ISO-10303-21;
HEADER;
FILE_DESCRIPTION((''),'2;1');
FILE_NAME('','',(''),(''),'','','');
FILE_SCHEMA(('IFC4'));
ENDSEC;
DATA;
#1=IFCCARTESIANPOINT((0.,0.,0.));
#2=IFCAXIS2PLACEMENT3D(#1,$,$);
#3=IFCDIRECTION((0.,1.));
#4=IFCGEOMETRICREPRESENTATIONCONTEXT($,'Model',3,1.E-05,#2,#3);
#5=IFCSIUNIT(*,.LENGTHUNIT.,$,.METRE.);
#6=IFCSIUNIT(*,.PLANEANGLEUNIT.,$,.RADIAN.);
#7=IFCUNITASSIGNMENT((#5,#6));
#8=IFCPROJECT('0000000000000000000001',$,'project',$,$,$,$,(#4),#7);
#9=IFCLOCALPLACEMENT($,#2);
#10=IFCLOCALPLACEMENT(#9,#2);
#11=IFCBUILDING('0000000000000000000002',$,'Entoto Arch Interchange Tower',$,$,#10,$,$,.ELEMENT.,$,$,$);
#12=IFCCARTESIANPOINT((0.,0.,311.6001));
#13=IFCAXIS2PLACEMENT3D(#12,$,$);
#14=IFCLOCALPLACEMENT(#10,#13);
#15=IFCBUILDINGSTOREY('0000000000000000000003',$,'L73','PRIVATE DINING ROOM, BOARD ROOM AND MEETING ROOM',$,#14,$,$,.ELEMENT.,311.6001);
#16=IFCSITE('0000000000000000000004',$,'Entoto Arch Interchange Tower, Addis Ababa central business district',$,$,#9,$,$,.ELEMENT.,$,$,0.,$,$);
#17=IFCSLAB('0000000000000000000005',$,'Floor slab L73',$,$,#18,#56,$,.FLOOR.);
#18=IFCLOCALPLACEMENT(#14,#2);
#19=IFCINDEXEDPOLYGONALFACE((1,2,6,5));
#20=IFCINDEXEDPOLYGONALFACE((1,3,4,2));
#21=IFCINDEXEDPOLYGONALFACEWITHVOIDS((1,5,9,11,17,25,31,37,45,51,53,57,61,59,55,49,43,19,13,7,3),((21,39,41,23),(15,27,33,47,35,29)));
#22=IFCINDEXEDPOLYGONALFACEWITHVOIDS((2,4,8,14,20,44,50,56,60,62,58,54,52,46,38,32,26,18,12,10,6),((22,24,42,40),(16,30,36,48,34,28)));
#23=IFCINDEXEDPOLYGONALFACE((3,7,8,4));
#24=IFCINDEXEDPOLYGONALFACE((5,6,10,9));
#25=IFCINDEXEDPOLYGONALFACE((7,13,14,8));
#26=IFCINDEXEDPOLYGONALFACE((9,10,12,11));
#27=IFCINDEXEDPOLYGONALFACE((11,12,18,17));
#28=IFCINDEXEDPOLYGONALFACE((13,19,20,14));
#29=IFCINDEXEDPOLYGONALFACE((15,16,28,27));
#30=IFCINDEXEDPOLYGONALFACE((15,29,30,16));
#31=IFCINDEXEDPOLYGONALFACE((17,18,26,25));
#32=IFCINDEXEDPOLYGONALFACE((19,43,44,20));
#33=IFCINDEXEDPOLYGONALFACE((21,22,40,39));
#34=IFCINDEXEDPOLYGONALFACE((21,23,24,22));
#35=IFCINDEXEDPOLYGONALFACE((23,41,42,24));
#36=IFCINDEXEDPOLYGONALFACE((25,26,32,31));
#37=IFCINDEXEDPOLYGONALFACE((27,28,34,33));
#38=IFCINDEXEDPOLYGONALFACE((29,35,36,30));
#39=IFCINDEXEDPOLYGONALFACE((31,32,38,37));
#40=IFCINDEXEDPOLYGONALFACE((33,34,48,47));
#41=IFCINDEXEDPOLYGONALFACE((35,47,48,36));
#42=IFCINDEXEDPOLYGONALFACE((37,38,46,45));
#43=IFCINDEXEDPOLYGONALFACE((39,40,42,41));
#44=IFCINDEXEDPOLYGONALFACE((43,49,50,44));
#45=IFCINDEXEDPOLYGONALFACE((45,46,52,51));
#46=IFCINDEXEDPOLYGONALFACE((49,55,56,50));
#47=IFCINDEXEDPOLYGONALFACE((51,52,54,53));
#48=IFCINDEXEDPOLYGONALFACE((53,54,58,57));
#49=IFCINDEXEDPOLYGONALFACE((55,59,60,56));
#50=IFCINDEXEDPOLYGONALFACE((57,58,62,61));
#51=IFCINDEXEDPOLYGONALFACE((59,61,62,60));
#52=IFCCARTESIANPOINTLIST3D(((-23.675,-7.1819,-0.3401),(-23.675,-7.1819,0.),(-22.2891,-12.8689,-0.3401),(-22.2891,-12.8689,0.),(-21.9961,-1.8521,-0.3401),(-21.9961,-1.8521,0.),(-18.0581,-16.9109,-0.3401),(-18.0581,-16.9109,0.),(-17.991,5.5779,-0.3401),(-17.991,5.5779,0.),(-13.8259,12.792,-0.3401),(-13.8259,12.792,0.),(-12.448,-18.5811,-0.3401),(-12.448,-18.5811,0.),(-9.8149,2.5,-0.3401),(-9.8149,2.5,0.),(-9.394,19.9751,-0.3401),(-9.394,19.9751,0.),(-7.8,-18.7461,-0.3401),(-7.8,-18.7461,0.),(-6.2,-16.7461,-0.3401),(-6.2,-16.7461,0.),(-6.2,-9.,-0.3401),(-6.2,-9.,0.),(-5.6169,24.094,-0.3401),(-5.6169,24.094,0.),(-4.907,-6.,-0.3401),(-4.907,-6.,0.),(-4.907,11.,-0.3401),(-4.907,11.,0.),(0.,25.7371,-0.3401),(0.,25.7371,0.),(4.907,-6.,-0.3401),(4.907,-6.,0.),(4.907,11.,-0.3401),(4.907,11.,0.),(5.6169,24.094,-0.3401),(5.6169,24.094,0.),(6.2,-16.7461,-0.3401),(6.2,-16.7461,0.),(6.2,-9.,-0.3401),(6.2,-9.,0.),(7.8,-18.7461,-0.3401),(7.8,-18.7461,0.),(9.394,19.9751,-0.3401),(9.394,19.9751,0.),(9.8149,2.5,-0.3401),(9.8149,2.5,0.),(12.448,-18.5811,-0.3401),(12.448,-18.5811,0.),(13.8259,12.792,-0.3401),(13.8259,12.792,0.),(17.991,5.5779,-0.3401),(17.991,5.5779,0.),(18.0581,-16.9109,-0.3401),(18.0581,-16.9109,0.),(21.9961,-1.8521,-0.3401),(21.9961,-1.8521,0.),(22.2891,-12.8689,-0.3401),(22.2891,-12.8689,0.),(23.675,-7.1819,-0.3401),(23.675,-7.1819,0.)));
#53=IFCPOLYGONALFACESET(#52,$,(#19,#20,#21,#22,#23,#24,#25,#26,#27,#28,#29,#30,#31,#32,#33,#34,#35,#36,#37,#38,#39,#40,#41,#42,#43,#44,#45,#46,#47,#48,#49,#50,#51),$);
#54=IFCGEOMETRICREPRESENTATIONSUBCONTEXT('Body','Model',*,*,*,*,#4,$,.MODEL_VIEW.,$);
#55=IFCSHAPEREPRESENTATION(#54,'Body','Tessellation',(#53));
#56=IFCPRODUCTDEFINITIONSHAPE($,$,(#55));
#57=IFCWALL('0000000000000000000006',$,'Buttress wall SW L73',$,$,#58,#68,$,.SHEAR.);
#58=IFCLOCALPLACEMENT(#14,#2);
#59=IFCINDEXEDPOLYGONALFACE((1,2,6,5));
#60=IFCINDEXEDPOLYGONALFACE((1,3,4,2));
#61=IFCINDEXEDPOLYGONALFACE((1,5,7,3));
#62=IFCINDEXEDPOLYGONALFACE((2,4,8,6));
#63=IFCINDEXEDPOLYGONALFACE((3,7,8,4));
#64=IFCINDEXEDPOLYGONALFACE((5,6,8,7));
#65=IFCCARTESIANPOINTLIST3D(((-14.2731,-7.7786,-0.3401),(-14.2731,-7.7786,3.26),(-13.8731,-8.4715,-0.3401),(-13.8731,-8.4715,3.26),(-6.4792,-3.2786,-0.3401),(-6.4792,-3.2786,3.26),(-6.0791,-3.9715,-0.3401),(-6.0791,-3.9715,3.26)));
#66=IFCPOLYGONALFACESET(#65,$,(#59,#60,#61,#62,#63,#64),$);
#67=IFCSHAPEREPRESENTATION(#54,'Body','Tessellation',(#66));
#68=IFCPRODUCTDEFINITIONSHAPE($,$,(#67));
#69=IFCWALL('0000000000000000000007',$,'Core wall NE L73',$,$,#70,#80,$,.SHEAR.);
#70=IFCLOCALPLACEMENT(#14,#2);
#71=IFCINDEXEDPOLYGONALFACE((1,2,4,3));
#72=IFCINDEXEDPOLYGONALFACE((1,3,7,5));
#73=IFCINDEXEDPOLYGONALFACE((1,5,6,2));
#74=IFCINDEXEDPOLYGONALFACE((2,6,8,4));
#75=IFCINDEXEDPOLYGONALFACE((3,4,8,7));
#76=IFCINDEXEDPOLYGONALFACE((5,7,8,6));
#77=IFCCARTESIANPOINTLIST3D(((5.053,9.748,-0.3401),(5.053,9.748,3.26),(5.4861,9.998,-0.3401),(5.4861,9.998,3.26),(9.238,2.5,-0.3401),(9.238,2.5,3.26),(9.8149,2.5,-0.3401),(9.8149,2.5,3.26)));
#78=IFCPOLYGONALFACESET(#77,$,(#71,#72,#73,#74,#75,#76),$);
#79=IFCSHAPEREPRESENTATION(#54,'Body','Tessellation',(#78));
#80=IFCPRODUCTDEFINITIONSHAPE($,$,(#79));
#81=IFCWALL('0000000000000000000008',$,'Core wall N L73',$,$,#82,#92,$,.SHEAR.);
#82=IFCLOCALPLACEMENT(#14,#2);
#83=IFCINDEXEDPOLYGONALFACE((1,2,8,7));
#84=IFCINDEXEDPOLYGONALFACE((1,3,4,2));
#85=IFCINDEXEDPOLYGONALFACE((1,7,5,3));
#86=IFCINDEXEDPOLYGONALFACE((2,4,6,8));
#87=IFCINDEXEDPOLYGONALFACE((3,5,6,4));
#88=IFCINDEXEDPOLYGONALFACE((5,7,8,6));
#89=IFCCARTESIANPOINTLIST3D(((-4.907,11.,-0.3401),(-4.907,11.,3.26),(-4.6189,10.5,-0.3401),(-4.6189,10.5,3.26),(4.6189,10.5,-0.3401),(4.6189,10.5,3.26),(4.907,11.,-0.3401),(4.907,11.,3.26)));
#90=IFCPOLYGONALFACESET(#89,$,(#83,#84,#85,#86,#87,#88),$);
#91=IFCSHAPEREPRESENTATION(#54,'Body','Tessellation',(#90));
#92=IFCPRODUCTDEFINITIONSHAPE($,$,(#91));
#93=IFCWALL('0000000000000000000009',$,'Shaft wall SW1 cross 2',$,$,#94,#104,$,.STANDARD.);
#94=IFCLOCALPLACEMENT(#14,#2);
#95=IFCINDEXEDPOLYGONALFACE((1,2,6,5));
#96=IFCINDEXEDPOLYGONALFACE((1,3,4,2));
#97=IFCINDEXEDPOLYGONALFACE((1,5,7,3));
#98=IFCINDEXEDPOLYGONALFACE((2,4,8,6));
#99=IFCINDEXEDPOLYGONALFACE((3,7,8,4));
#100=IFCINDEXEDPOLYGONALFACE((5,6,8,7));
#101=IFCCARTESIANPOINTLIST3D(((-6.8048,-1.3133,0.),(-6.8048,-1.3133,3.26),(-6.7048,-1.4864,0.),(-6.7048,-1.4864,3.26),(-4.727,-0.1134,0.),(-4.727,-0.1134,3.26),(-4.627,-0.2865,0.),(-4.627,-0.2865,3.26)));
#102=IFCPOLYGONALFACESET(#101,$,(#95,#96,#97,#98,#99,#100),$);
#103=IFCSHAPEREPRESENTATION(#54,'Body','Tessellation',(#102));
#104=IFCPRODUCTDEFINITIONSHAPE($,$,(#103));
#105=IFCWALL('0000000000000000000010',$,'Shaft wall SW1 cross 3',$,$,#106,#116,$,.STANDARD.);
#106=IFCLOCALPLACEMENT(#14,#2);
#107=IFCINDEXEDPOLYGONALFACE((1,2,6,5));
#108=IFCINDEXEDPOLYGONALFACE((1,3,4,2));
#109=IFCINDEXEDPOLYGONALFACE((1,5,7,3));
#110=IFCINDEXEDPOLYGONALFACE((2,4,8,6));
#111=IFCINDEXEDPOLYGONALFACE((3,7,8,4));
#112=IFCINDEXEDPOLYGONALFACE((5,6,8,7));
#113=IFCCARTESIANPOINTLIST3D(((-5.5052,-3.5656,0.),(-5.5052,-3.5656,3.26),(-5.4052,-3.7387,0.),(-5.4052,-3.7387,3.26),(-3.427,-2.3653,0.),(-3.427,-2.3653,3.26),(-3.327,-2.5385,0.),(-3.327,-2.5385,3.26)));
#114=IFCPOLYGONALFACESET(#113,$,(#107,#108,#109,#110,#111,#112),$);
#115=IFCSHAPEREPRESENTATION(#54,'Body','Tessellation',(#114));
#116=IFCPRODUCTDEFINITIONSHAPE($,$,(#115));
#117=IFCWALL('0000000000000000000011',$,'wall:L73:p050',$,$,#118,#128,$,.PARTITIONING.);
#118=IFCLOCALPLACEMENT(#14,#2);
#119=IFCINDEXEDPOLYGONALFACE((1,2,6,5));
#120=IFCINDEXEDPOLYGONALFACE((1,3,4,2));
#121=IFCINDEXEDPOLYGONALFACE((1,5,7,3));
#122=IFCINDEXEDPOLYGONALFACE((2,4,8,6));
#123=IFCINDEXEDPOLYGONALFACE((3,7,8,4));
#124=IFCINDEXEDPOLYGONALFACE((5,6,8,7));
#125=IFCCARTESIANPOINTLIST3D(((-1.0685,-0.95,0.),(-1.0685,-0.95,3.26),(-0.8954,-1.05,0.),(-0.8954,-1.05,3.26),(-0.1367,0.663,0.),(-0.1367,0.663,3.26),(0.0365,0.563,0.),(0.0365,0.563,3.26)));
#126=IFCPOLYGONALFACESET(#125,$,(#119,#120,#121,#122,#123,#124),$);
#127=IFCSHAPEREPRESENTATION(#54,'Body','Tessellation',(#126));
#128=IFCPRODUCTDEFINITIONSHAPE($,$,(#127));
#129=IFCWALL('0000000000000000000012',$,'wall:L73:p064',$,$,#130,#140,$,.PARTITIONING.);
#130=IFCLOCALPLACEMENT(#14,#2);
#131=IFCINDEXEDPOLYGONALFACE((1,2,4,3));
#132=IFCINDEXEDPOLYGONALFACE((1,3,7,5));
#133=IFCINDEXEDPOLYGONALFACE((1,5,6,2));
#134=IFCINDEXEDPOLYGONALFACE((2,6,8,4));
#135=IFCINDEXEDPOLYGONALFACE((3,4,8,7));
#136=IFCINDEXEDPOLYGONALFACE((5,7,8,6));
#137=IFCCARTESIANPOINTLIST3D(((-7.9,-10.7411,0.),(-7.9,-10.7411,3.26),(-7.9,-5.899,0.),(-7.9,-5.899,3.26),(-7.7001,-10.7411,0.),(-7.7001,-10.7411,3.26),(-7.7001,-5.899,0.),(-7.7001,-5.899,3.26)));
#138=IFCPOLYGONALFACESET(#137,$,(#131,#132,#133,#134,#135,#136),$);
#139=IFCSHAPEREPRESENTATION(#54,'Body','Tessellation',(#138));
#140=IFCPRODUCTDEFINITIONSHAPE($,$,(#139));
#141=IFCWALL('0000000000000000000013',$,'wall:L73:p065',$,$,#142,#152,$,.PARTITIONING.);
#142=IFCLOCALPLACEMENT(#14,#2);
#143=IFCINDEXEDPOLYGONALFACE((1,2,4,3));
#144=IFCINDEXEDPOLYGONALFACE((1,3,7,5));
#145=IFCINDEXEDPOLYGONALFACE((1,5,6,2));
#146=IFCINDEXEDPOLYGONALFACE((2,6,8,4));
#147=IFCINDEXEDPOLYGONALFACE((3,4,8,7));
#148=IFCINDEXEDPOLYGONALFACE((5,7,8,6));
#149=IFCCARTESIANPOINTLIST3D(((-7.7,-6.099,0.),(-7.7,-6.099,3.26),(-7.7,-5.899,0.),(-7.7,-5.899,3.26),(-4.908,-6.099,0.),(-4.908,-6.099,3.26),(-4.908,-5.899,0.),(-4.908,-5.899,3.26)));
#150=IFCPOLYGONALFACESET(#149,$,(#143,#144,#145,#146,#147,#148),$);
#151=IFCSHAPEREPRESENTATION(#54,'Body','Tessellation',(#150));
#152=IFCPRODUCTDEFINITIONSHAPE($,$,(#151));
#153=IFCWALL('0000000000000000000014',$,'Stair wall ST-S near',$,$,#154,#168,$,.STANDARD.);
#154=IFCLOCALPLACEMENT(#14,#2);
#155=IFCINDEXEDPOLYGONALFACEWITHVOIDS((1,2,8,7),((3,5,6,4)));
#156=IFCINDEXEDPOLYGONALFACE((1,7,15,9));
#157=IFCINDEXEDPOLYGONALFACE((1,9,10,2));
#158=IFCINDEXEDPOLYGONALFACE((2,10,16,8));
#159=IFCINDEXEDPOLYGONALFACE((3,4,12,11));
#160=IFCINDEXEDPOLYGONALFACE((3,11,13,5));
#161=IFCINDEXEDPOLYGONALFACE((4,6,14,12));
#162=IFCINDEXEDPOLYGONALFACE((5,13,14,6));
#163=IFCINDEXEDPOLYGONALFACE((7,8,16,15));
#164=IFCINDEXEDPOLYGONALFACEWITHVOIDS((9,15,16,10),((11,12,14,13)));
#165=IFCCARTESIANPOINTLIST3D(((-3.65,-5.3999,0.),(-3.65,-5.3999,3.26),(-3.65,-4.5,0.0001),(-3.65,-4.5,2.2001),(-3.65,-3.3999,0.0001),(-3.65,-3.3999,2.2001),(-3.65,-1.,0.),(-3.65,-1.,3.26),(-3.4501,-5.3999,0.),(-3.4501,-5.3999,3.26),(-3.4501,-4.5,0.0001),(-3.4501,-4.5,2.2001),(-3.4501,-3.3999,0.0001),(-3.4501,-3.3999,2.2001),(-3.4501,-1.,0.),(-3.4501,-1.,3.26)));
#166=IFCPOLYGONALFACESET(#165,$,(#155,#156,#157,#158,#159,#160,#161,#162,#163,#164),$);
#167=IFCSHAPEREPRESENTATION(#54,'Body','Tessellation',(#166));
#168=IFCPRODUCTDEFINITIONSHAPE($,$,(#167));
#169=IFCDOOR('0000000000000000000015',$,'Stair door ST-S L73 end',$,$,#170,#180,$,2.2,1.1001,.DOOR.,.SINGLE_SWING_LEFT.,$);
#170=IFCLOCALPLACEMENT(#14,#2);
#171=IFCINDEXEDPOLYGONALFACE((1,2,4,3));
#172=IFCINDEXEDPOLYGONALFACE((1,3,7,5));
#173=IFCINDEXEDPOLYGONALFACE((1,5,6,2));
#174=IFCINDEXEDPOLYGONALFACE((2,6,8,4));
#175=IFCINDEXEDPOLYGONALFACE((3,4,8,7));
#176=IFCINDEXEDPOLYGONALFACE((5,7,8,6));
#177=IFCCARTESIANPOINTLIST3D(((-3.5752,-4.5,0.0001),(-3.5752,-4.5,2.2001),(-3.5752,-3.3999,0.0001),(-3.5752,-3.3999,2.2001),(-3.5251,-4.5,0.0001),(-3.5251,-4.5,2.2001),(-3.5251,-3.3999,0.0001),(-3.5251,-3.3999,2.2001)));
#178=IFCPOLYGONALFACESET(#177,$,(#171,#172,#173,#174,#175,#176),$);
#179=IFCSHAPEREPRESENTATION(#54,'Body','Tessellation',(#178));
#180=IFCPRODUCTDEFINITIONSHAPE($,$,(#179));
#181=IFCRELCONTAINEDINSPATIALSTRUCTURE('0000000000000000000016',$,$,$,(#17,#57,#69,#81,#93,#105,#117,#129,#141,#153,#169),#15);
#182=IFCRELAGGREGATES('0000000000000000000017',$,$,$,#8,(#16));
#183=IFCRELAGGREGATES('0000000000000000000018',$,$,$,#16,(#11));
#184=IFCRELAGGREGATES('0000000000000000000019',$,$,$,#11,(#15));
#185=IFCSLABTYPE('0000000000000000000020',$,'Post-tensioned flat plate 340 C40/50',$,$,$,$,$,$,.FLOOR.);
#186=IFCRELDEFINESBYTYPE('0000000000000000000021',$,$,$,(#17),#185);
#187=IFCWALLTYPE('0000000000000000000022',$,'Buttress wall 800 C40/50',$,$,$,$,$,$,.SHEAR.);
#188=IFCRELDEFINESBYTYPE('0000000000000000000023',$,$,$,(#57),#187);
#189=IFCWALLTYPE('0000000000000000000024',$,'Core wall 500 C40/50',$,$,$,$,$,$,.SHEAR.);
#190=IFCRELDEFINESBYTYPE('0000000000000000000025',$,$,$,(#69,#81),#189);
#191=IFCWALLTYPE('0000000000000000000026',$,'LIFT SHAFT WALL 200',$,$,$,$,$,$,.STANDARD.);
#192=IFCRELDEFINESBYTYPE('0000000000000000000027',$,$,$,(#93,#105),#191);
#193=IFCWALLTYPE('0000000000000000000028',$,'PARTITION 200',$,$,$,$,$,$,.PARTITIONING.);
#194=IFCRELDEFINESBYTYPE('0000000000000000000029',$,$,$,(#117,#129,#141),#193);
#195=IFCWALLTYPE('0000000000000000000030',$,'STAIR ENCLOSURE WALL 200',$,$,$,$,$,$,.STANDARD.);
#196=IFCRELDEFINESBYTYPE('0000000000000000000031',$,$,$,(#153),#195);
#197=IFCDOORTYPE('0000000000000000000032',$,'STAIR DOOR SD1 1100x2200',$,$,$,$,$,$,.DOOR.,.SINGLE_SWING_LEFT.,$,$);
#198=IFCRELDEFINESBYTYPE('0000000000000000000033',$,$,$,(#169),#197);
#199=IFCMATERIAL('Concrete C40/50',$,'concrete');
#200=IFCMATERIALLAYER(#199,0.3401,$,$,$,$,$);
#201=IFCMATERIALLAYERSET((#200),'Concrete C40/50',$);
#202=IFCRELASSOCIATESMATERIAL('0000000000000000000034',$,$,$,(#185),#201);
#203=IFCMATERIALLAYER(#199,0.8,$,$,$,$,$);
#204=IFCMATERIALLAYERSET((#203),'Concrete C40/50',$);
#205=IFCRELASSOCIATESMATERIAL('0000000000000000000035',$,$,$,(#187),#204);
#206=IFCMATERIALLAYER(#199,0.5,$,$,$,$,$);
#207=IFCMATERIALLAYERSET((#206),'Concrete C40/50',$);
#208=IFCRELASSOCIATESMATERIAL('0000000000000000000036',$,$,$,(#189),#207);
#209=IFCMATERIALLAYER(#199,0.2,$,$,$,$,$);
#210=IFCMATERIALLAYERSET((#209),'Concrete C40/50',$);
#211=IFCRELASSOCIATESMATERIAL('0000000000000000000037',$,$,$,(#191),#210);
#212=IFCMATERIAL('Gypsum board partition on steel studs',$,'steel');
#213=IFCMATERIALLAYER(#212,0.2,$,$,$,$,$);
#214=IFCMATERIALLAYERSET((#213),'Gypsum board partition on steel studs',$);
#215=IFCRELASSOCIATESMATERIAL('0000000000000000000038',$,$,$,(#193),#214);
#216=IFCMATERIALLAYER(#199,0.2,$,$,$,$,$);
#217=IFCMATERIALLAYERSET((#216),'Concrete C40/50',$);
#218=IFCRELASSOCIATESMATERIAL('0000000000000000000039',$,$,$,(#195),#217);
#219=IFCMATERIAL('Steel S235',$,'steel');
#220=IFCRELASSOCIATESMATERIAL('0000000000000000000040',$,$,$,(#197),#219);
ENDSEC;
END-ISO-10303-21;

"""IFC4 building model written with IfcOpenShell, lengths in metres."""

from ifc_helpers import new_model, si_unit, direction, frame, frame_2d, origin, place, context, subcontext, project, spatial, polyline, rectangle, outline, extrude, material, layer, layer_set, type_object, element, fill, save


model = new_model("IFC4")

# Units and contexts
model_context = context("Model", 3, precision=1e-05, world=origin(), true_north=direction((0.0, 1.0)))
body_context = subcontext(model_context, "Body", "Model", "MODEL_VIEW")
ifc_project = project(units=[si_unit("LENGTHUNIT", "METRE"), si_unit("PLANEANGLEUNIT", "RADIAN")], contexts=[model_context])

# Site, building, storey
site_placement = place(None, origin())
site = spatial("IfcSite", under=ifc_project, at=site_placement, Name="Entoto Arch Interchange Tower, Addis Ababa central business district", CompositionType="ELEMENT", RefElevation=0.0)
building_placement = place(site_placement, origin())
building = spatial("IfcBuilding", under=site, at=building_placement, Name="Entoto Arch Interchange Tower", CompositionType="ELEMENT")
storey_placement = place(building_placement, frame((0.0, 0.0, 311.6001)))
storey = spatial("IfcBuildingStorey", under=building, at=storey_placement, Name="L73", Description="PRIVATE DINING ROOM, BOARD ROOM AND MEETING ROOM", CompositionType="ELEMENT", Elevation=311.6001)

# Shared definitions
ifc_material_1 = material(Name="Concrete C40/50", Category="concrete")

# Slab
ifc_layer_1 = layer(ifc_material_1, 0.3401)
ifc_layer_set_1 = layer_set([ifc_layer_1], Name="Concrete C40/50")
slab_type = type_object("IfcSlabType", Name="Post-tensioned flat plate 340 C40/50", PredefinedType="FLOOR", material=ifc_layer_set_1)
slab_placement = place(storey_placement, frame((0.0, 0.0, -0.3401)))
element("IfcSlab", 1, at=slab_placement, inside=storey, type_object=slab_type, Name="Floor slab L73", PredefinedType="FLOOR", context=body_context, shape_type="SweptSolid", body=[
    extrude(outline(polyline([(-12.448, -18.5811), (-7.8, -18.7461), (7.8, -18.7461), (12.448, -18.5811), (18.0581, -16.9109), (22.2891, -12.8689), (23.675, -7.1819), (21.9961, -1.8521), (17.991, 5.5779), (13.8259, 12.792), (9.394, 19.9751), (5.6169, 24.094), (0.0, 25.7371), (-5.6169, 24.094), (-9.394, 19.9751), (-13.8259, 12.792), (-17.991, 5.5779), (-21.9961, -1.8521), (-23.675, -7.1819), (-22.2891, -12.8689), (-18.0581, -16.9109), (-12.448, -18.5811)]), holes=[polyline([(6.2, -16.7461), (6.2, -9.0), (-6.2, -9.0), (-6.2, -16.7461), (6.2, -16.7461)]), polyline([(9.8149, 2.5), (4.907, 11.0), (-4.907, 11.0), (-9.8149, 2.5), (-4.907, -6.0), (4.907, -6.0), (9.8149, 2.5)])]), origin(), (0.0, 0.0, 1.0), 0.3401),
])

# Walls
ifc_layer_2 = layer(ifc_material_1, 0.8)
ifc_layer_set_2 = layer_set([ifc_layer_2], Name="Concrete C40/50")
wall_type_1 = type_object("IfcWallType", Name="Buttress wall 800 C40/50", PredefinedType="SHEAR", material=ifc_layer_set_2)
wall_1_placement = place(storey_placement, frame((-6.2791, -3.625, -0.3401), z_axis=(0.0, 0.0, 1.0), x_axis=(-0.866018, -0.500014, 0.0)))
element("IfcWall", 2, at=wall_1_placement, inside=storey, type_object=wall_type_1, Name="Buttress wall SW L73", PredefinedType="SHEAR", context=body_context, shape_type="SweptSolid", body=[
    extrude(rectangle(XDim=8.9998, YDim=0.8, at=frame_2d((4.5, 0.0))), origin(), (0.0, 0.0, 1.0), 3.6001),
])
ifc_layer_3 = layer(ifc_material_1, 0.5)
ifc_layer_set_3 = layer_set([ifc_layer_3], Name="Concrete C40/50")
wall_type_2 = type_object("IfcWallType", Name="Core wall 500 C40/50", PredefinedType="SHEAR", material=ifc_layer_set_3)
wall_2_placement = place(storey_placement, frame((0.0, 0.0, -0.3401)))
element("IfcWall", 3, at=wall_2_placement, inside=storey, type_object=wall_type_2, Name="Core wall NE L73", PredefinedType="SHEAR", context=body_context, shape_type="SweptSolid", body=[
    extrude(outline(polyline([(5.4861, 9.998), (5.053, 9.748), (9.238, 2.5), (9.8149, 2.5), (5.4861, 9.998)])), origin(), (0.0, 0.0, 1.0), 3.6001),
])
wall_3_placement = place(storey_placement, frame((0.0, 0.0, -0.3401)))
element("IfcWall", 4, at=wall_3_placement, inside=storey, type_object=wall_type_2, Name="Core wall N L73", PredefinedType="SHEAR", context=body_context, shape_type="SweptSolid", body=[
    extrude(outline(polyline([(4.907, 11.0), (-4.907, 11.0), (-4.6189, 10.5), (4.6189, 10.5), (4.907, 11.0)])), origin(), (0.0, 0.0, 1.0), 3.6001),
])
ifc_layer_4 = layer(ifc_material_1, 0.2)
ifc_layer_set_4 = layer_set([ifc_layer_4], Name="Concrete C40/50")
wall_type_3 = type_object("IfcWallType", Name="LIFT SHAFT WALL 200", PredefinedType="STANDARD", material=ifc_layer_set_4)
wall_4_placement = place(storey_placement, frame((-4.677, -0.2, 0.0), z_axis=(0.0, 0.0, 1.0), x_axis=(-0.865974, -0.500089, 0.0)))
element("IfcWall", 5, at=wall_4_placement, inside=storey, type_object=wall_type_3, Name="Shaft wall SW1 cross 2", PredefinedType="STANDARD", context=body_context, shape_type="SweptSolid", body=[
    extrude(rectangle(XDim=2.3994, YDim=0.2, at=frame_2d((1.1997, 0.0))), origin(), (0.0, 0.0, 1.0), 3.26),
])
wall_5_placement = place(storey_placement, frame((-3.377, -2.4519, 0.0), z_axis=(0.0, 0.0, 1.0), x_axis=(-0.865955, -0.500122, 0.0)))
element("IfcWall", 6, at=wall_5_placement, inside=storey, type_object=wall_type_3, Name="Shaft wall SW1 cross 3", PredefinedType="STANDARD", context=body_context, shape_type="SweptSolid", body=[
    extrude(rectangle(XDim=2.3999, YDim=0.2, at=frame_2d((1.2, 0.0))), origin(), (0.0, 0.0, 1.0), 3.26),
])
ifc_material_2 = material(Name="Gypsum board partition on steel studs", Category="steel")
ifc_layer_5 = layer(ifc_material_2, 0.2)
ifc_layer_set_5 = layer_set([ifc_layer_5], Name="Gypsum board partition on steel studs")
wall_type_4 = type_object("IfcWallType", Name="PARTITION 200", PredefinedType="PARTITIONING", material=ifc_layer_set_5)
wall_6_placement = place(storey_placement, frame((-0.9819, -1.0, 0.0), z_axis=(0.0, 0.0, 1.0), x_axis=(0.50024, 0.865887, 0.0)))
element("IfcWall", 7, at=wall_6_placement, inside=storey, type_object=wall_type_4, Name="wall:L73:p050", PredefinedType="PARTITIONING", context=body_context, shape_type="SweptSolid", body=[
    extrude(rectangle(XDim=1.8628, YDim=0.2, at=frame_2d((0.9314, 0.0))), origin(), (0.0, 0.0, 1.0), 3.26),
])
wall_7_placement = place(storey_placement, frame((-7.8, -10.741, 0.0), z_axis=(0.0, 0.0, 1.0), x_axis=(0.0, 1.0, 0.0)))
element("IfcWall", 8, at=wall_7_placement, inside=storey, type_object=wall_type_4, Name="wall:L73:p064", PredefinedType="PARTITIONING", context=body_context, shape_type="SweptSolid", body=[
    extrude(rectangle(XDim=4.842, YDim=0.2, at=frame_2d((2.4209, 0.0))), origin(), (0.0, 0.0, 1.0), 3.26),
])
wall_8_placement = place(storey_placement, frame((-7.7, -5.999, 0.0), z_axis=(0.0, 0.0, 1.0), x_axis=(1.0, 0.0, 0.0)))
element("IfcWall", 9, at=wall_8_placement, inside=storey, type_object=wall_type_4, Name="wall:L73:p065", PredefinedType="PARTITIONING", context=body_context, shape_type="SweptSolid", body=[
    extrude(rectangle(XDim=2.792, YDim=0.2, at=frame_2d((1.396, 0.0))), origin(), (0.0, 0.0, 1.0), 3.26),
])

# Wall, opening, door
ifc_layer_6 = layer(ifc_material_1, 0.2)
ifc_layer_set_6 = layer_set([ifc_layer_6], Name="Concrete C40/50")
wall_type_5 = type_object("IfcWallType", Name="STAIR ENCLOSURE WALL 200", PredefinedType="STANDARD", material=ifc_layer_set_6)
wall_9_placement = place(storey_placement, frame((-3.55, -1.0, 0.0), z_axis=(0.0, 0.0, 1.0), x_axis=(0.0, -1.0, 0.0)))
wall_9 = element("IfcWall", 10, at=wall_9_placement, inside=storey, type_object=wall_type_5, Name="Stair wall ST-S near", PredefinedType="STANDARD", context=body_context, shape_type="SweptSolid", body=[
    extrude(rectangle(XDim=4.3999, YDim=0.2, at=frame_2d((2.2, 0.0))), origin(), (0.0, 0.0, 1.0), 3.26),
])
opening_1_placement = place(wall_9_placement, frame((2.3999, 0.0, 0.0)))
opening_1 = element("IfcOpeningElement", 11, at=opening_1_placement, cuts=wall_9, PredefinedType="OPENING", context=body_context, shape_type="SweptSolid", body=[
    extrude(rectangle(XDim=1.1001, YDim=2.2, at=frame_2d((0.55, 1.1001))), frame((0.0, 0.1099, 0.0), z_axis=(0.0, -1.0, 0.0), x_axis=(1.0, 0.0, 0.0)), (0.0, 0.0, 1.0), 0.22),
])
ifc_material_3 = material(Name="Steel S235", Category="steel")
door_type = type_object("IfcDoorType", Name="STAIR DOOR SD1 1100x2200", OperationType="SINGLE_SWING_LEFT", PredefinedType="DOOR", material=ifc_material_3)
door_1_placement = place(opening_1_placement, origin())
door_1 = element("IfcDoor", 12, at=door_1_placement, inside=storey, type_object=door_type, Name="Stair door ST-S L73 end", OperationType="SINGLE_SWING_LEFT", OverallHeight=2.2, OverallWidth=1.1001, PredefinedType="DOOR", context=body_context, shape_type="SweptSolid", body=[
    extrude(rectangle(XDim=1.1001, YDim=2.2, at=frame_2d((0.55, 1.1001))), frame((0.0, 0.0249, 0.0), z_axis=(0.0, -1.0, 0.0), x_axis=(1.0, 0.0, 0.0)), (0.0, 0.0, 1.0), 0.05),
])
fill(opening_1, door_1)

save(model, "model.ifc")
